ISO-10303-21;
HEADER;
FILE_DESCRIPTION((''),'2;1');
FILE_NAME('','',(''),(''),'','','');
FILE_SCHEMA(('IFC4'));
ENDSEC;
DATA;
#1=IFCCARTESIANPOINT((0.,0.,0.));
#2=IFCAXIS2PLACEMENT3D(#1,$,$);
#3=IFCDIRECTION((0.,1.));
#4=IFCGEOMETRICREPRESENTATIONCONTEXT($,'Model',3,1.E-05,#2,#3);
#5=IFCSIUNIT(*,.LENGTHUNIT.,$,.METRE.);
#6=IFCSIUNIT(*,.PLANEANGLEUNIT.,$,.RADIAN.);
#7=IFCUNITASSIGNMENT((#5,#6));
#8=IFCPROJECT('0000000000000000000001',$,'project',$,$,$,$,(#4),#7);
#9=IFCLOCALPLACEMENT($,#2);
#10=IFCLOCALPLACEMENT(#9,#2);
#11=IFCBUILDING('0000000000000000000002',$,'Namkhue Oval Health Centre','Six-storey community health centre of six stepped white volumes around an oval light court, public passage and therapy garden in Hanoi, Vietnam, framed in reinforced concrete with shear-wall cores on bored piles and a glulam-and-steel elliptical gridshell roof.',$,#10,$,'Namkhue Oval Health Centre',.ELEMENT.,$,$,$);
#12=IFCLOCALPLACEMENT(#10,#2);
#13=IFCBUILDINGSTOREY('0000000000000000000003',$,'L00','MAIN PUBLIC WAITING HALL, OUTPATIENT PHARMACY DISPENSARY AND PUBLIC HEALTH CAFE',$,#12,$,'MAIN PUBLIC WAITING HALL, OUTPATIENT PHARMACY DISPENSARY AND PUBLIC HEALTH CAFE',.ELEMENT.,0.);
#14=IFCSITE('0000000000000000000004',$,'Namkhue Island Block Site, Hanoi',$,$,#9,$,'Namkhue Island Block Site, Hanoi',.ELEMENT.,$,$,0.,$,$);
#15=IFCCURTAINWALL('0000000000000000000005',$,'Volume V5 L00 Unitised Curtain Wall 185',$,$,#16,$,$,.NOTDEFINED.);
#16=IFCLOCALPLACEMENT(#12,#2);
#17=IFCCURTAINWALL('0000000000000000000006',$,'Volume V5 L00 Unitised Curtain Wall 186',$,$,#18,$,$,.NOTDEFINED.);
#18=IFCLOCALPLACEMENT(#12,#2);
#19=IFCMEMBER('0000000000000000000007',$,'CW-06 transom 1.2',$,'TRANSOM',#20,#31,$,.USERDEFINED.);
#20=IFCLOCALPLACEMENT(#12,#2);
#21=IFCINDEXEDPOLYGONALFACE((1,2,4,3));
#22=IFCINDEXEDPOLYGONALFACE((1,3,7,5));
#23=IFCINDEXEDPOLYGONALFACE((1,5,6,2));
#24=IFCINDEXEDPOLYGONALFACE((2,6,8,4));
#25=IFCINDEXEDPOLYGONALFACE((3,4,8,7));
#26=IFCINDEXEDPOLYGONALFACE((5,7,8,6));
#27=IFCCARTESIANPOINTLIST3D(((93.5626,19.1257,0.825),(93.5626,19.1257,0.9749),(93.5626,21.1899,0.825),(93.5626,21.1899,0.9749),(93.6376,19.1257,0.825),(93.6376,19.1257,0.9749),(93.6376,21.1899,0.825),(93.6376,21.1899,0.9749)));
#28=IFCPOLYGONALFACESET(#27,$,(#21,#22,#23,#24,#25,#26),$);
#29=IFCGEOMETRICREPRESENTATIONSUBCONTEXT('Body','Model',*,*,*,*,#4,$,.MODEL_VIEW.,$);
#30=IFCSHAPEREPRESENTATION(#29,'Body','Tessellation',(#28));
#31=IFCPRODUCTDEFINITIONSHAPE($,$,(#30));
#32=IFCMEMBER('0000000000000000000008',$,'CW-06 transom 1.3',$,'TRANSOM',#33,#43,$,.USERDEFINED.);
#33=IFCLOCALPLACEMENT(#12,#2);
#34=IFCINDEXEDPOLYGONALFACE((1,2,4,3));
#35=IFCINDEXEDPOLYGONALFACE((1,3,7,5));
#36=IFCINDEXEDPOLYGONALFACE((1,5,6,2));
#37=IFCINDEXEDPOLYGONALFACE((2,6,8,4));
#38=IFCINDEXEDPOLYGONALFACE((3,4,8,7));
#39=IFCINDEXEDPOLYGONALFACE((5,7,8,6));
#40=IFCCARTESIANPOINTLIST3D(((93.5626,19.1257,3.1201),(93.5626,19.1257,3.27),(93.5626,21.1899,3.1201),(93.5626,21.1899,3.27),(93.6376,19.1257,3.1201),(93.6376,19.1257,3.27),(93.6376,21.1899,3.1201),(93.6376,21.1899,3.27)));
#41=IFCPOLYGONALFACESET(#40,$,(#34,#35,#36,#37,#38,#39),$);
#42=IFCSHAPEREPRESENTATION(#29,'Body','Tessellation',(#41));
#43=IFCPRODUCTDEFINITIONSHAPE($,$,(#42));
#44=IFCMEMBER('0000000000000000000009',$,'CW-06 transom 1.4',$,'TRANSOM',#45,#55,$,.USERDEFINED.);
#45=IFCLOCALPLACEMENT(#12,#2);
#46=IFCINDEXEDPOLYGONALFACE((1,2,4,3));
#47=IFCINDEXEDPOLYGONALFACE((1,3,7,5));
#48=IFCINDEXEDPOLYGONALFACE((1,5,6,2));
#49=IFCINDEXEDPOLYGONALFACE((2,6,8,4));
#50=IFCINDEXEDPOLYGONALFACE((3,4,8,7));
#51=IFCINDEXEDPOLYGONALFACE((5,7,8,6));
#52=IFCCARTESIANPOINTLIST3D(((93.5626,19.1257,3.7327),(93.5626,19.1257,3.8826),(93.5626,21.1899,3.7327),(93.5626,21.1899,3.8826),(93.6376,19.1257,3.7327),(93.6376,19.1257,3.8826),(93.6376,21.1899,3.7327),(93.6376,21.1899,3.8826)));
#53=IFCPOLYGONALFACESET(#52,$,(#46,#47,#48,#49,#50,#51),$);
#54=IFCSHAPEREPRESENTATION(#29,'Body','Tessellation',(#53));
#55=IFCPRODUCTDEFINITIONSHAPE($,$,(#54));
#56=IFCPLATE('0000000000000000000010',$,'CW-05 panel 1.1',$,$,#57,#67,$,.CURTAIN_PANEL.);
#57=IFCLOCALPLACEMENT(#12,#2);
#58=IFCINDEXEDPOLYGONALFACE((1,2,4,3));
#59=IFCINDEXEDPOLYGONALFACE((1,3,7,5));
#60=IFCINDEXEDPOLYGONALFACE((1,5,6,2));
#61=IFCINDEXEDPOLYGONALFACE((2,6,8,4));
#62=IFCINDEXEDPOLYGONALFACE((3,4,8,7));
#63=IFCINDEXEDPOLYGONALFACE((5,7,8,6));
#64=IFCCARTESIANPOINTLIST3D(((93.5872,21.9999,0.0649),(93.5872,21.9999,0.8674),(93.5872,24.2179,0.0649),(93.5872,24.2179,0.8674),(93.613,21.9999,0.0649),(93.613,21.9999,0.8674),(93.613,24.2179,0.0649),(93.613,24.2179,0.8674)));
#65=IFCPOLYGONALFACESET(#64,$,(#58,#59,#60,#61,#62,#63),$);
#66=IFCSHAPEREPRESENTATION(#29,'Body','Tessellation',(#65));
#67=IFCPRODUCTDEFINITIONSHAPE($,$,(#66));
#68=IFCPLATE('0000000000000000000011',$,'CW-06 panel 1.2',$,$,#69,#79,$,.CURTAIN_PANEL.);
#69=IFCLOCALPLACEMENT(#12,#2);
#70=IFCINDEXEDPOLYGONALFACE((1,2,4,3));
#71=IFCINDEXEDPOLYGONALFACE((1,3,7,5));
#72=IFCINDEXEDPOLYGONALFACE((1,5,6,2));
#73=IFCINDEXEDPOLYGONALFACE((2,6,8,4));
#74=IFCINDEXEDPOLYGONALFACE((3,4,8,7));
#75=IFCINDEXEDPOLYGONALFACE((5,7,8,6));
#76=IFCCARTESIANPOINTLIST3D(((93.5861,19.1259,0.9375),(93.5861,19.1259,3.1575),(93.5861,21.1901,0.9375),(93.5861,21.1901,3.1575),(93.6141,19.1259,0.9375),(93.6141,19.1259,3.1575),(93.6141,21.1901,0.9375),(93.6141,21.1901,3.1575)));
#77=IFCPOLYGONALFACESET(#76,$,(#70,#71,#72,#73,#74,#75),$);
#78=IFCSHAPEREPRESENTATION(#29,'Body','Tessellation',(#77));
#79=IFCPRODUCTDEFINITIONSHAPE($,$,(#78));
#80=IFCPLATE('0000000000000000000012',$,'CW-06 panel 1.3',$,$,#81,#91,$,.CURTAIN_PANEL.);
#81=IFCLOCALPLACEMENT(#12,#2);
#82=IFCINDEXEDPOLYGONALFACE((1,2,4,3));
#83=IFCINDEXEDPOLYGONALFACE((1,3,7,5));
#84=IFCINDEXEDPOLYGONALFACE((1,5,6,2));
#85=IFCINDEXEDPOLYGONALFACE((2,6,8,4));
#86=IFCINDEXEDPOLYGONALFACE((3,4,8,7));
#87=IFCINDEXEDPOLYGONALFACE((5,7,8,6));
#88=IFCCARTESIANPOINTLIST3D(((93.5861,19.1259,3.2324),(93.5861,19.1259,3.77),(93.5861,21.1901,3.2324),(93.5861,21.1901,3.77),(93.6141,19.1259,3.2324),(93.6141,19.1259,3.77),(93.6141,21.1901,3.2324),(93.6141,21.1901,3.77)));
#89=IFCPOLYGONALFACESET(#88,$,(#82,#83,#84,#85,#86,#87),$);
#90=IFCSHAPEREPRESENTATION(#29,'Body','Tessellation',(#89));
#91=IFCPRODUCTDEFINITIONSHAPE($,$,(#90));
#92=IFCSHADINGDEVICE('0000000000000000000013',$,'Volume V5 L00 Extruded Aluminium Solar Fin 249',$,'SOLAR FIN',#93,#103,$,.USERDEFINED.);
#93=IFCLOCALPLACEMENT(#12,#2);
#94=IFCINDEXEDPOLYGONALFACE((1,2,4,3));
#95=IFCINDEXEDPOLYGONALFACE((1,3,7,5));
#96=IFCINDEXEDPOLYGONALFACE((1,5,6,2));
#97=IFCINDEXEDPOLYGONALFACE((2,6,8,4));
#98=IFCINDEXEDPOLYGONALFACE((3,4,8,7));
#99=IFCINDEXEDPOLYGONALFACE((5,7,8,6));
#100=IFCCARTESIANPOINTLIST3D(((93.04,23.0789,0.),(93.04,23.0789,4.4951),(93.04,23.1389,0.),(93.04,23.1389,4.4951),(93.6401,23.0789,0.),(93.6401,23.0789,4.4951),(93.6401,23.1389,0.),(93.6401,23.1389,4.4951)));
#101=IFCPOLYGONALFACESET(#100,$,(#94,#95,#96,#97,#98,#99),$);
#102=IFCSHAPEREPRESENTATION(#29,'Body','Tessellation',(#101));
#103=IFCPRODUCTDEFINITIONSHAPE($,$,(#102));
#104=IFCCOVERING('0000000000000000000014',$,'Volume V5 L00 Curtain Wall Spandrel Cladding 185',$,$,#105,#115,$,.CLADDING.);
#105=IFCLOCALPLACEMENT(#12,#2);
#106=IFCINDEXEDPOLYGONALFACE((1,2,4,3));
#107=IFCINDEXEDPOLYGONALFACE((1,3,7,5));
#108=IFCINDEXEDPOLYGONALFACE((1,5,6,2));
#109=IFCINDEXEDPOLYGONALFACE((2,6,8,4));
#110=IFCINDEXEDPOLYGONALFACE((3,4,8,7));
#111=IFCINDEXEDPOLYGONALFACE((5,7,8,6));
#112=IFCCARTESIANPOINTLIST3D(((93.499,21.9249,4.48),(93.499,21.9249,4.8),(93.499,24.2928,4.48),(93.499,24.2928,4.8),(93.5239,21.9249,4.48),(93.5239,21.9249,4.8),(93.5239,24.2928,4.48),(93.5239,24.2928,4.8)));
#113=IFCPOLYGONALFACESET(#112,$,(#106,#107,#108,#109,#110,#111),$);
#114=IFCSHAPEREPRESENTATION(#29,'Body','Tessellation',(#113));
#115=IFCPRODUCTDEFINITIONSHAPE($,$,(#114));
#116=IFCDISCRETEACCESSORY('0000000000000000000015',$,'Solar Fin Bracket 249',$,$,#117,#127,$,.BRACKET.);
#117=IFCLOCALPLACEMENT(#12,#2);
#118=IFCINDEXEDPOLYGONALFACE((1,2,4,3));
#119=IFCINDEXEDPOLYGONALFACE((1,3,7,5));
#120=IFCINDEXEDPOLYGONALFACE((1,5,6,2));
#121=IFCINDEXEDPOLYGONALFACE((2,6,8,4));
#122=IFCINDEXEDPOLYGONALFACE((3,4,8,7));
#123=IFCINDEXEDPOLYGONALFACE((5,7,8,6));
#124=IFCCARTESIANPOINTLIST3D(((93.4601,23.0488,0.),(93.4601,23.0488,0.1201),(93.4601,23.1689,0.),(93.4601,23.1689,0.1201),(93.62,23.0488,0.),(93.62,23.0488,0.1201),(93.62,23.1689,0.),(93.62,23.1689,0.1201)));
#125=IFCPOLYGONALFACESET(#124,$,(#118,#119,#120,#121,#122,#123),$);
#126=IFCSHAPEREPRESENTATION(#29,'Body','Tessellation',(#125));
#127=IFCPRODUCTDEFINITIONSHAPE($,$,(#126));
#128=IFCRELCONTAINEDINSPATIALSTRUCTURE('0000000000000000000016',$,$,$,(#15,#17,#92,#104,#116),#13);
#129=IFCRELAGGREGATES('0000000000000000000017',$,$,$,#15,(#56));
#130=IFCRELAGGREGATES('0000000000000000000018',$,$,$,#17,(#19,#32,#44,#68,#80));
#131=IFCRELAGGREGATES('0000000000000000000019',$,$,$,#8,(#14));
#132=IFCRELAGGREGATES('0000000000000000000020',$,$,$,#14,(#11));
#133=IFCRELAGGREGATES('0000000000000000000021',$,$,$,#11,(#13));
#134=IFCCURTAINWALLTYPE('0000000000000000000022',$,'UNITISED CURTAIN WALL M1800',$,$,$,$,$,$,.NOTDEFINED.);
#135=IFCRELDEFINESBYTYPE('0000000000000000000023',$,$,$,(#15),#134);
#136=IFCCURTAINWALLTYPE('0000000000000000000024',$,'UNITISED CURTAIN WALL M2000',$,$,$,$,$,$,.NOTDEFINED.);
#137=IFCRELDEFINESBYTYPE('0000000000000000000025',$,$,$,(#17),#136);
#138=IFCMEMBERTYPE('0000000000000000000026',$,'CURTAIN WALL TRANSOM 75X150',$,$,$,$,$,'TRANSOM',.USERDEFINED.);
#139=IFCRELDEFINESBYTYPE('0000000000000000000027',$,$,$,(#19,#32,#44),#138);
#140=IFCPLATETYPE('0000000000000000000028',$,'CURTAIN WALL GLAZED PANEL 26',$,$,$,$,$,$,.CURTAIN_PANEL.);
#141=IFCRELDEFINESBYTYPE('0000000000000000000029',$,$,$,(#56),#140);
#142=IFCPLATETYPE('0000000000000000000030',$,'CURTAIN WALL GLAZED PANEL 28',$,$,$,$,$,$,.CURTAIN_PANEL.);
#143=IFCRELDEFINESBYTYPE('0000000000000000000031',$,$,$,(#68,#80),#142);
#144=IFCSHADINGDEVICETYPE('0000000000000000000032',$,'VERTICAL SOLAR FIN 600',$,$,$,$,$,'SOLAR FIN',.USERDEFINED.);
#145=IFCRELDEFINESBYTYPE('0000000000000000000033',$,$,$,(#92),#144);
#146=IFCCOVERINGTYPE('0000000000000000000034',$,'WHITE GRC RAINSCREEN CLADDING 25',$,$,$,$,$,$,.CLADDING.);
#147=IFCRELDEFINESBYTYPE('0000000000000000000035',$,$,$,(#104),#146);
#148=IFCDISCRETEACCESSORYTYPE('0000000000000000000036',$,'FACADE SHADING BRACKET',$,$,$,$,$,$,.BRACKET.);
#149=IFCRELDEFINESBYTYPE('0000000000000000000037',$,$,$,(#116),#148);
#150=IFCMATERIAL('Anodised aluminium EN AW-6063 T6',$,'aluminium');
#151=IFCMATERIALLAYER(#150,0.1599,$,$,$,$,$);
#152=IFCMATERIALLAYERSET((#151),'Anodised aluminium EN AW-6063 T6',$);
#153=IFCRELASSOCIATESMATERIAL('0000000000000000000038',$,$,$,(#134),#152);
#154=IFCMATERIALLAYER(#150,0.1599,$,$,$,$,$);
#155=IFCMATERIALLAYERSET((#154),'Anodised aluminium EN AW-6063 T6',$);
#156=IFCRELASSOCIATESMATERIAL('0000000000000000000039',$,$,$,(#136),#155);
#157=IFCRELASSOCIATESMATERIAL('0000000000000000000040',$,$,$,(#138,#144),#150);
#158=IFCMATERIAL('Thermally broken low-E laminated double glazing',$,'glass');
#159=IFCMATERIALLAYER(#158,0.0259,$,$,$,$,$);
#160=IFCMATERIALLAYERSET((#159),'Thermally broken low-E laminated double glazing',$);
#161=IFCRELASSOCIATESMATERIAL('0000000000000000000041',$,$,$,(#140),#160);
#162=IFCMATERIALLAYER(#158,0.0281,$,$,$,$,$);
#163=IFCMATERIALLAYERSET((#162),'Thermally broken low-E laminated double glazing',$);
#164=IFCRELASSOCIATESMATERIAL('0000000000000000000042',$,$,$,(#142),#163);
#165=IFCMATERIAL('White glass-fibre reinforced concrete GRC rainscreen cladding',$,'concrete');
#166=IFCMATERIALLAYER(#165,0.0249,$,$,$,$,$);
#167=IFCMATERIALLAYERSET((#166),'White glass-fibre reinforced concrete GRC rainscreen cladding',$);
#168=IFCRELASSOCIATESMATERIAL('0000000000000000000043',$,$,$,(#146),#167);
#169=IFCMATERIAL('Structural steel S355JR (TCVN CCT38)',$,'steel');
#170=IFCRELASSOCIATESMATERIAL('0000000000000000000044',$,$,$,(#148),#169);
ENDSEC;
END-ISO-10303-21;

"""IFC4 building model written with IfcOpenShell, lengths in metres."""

from ifc_helpers import new_model, si_unit, direction, frame, origin, origin_2d, place, context, subcontext, project, spatial, rectangle, extrude, material, layer, layer_set, material_profile, profile_set, type_object, element, aggregate, save


model = new_model("IFC4")

# Units and contexts
model_context = context("Model", 3, precision=1e-05, world=origin(), true_north=direction((0.0, 1.0)))
body_context = subcontext(model_context, "Body", "Model", "MODEL_VIEW")
ifc_project = project(units=[si_unit("LENGTHUNIT", "METRE"), si_unit("PLANEANGLEUNIT", "RADIAN")], contexts=[model_context])

# Site, building, storey
site_placement = place(None, origin())
site = spatial("IfcSite", under=ifc_project, at=site_placement, Name="Namkhue Island Block Site, Hanoi", LongName="Namkhue Island Block Site, Hanoi", CompositionType="ELEMENT", RefElevation=0.0)
building_placement = place(site_placement, origin())
building = spatial("IfcBuilding", under=site, at=building_placement, Name="Namkhue Oval Health Centre", Description="Six-storey community health centre of six stepped white volumes around an oval light court, public passage and therapy garden in Hanoi, Vietnam, framed in reinforced concrete with shear-wall cores on bored piles and a glulam-and-steel elliptical gridshell roof.", LongName="Namkhue Oval Health Centre", CompositionType="ELEMENT")
storey_placement = place(building_placement, origin())
storey = spatial("IfcBuildingStorey", under=building, at=storey_placement, Name="L00", Description="MAIN PUBLIC WAITING HALL, OUTPATIENT PHARMACY DISPENSARY AND PUBLIC HEALTH CAFE", LongName="MAIN PUBLIC WAITING HALL, OUTPATIENT PHARMACY DISPENSARY AND PUBLIC HEALTH CAFE", CompositionType="ELEMENT", Elevation=0.0)

# Curtain wall
ifc_material_1 = material(Name="Anodised aluminium EN AW-6063 T6", Category="aluminium")
ifc_layer_1 = layer(ifc_material_1, 0.1599)
ifc_layer_set_1 = layer_set([ifc_layer_1], Name="Anodised aluminium EN AW-6063 T6")
curtain_wall_type_1 = type_object("IfcCurtainWallType", Name="UNITISED CURTAIN WALL M1800", PredefinedType="NOTDEFINED", material=ifc_layer_set_1)
curtain_wall_1_placement = place(storey_placement, origin())
curtain_wall_1 = element("IfcCurtainWall", 1, at=curtain_wall_1_placement, inside=storey, type_object=curtain_wall_type_1, Name="Volume V5 L00 Unitised Curtain Wall 185", PredefinedType="NOTDEFINED")

# Curtain wall, members
ifc_layer_2 = layer(ifc_material_1, 0.1599)
ifc_layer_set_2 = layer_set([ifc_layer_2], Name="Anodised aluminium EN AW-6063 T6")
curtain_wall_type_2 = type_object("IfcCurtainWallType", Name="UNITISED CURTAIN WALL M2000", PredefinedType="NOTDEFINED", material=ifc_layer_set_2)
curtain_wall_2_placement = place(storey_placement, origin())
curtain_wall_2 = element("IfcCurtainWall", 2, at=curtain_wall_2_placement, inside=storey, type_object=curtain_wall_type_2, Name="Volume V5 L00 Unitised Curtain Wall 186", PredefinedType="NOTDEFINED")
ifc_material_profile_1 = material_profile(ifc_material_1, rectangle(XDim=0.075, YDim=0.1499, at=origin_2d()), Name="ALU 75x150")
ifc_profile_set_1 = profile_set([ifc_material_profile_1], Name="Anodised aluminium EN AW-6063 T6")
member_type_1 = type_object("IfcMemberType", Name="CURTAIN WALL TRANSOM 75X150", ElementType="TRANSOM", PredefinedType="USERDEFINED", material=ifc_profile_set_1)
member_1_placement = place(storey_placement, frame((93.6001, 21.1899, 0.8999), z_axis=(0.0, -1.0, 0.0), x_axis=(1.0, 0.0, 0.0)))
member_1 = element("IfcMember", 3, at=member_1_placement, type_object=member_type_1, Name="CW-06 transom 1.2", ObjectType="TRANSOM", PredefinedType="USERDEFINED", context=body_context, shape_type="SweptSolid", body=[
    extrude(rectangle(XDim=0.075, YDim=0.1499, at=origin_2d()), origin(), (0.0, 0.0, 1.0), 2.0642),
])
member_2_placement = place(storey_placement, frame((93.6001, 21.1899, 3.1951), z_axis=(0.0, -1.0, 0.0), x_axis=(1.0, 0.0, 0.0)))
member_2 = element("IfcMember", 4, at=member_2_placement, type_object=member_type_1, Name="CW-06 transom 1.3", ObjectType="TRANSOM", PredefinedType="USERDEFINED", context=body_context, shape_type="SweptSolid", body=[
    extrude(rectangle(XDim=0.075, YDim=0.1499, at=origin_2d()), origin(), (0.0, 0.0, 1.0), 2.0642),
])
member_3_placement = place(storey_placement, frame((93.6001, 21.1899, 3.8076), z_axis=(0.0, -1.0, 0.0), x_axis=(1.0, 0.0, 0.0)))
member_3 = element("IfcMember", 5, at=member_3_placement, type_object=member_type_1, Name="CW-06 transom 1.4", ObjectType="TRANSOM", PredefinedType="USERDEFINED", context=body_context, shape_type="SweptSolid", body=[
    extrude(rectangle(XDim=0.075, YDim=0.1499, at=origin_2d()), origin(), (0.0, 0.0, 1.0), 2.0642),
])

# Plates
ifc_material_2 = material(Name="Thermally broken low-E laminated double glazing", Category="glass")
ifc_layer_3 = layer(ifc_material_2, 0.0259)
ifc_layer_set_3 = layer_set([ifc_layer_3], Name="Thermally broken low-E laminated double glazing")
plate_type_1 = type_object("IfcPlateType", Name="CURTAIN WALL GLAZED PANEL 26", PredefinedType="CURTAIN_PANEL", material=ifc_layer_set_3)
plate_1_placement = place(storey_placement, frame((93.6001, 23.1089, 0.0649), z_axis=(0.0, 0.0, 1.0), x_axis=(0.0, -1.0, 0.0)))
plate_1 = element("IfcPlate", 6, at=plate_1_placement, type_object=plate_type_1, Name="CW-05 panel 1.1", PredefinedType="CURTAIN_PANEL", context=body_context, shape_type="SweptSolid", body=[
    extrude(rectangle(XDim=2.218, YDim=0.0259, at=origin_2d()), origin(), (0.0, 0.0, 1.0), 0.8025),
])
aggregate(curtain_wall_1, [plate_1])
ifc_layer_4 = layer(ifc_material_2, 0.0281)
ifc_layer_set_4 = layer_set([ifc_layer_4], Name="Thermally broken low-E laminated double glazing")
plate_type_2 = type_object("IfcPlateType", Name="CURTAIN WALL GLAZED PANEL 28", PredefinedType="CURTAIN_PANEL", material=ifc_layer_set_4)
plate_2_placement = place(storey_placement, frame((93.6001, 20.158, 0.9375), z_axis=(0.0, 0.0, 1.0), x_axis=(0.0, -1.0, 0.0)))
plate_2 = element("IfcPlate", 7, at=plate_2_placement, type_object=plate_type_2, Name="CW-06 panel 1.2", PredefinedType="CURTAIN_PANEL", context=body_context, shape_type="SweptSolid", body=[
    extrude(rectangle(XDim=2.0642, YDim=0.0281, at=origin_2d()), origin(), (0.0, 0.0, 1.0), 2.22),
])
plate_3_placement = place(storey_placement, frame((93.6001, 20.158, 3.2324), z_axis=(0.0, 0.0, 1.0), x_axis=(0.0, -1.0, 0.0)))
plate_3 = element("IfcPlate", 8, at=plate_3_placement, type_object=plate_type_2, Name="CW-06 panel 1.3", PredefinedType="CURTAIN_PANEL", context=body_context, shape_type="SweptSolid", body=[
    extrude(rectangle(XDim=2.0642, YDim=0.0281, at=origin_2d()), origin(), (0.0, 0.0, 1.0), 0.5376),
])
aggregate(curtain_wall_2, [member_1, member_2, member_3, plate_2, plate_3])

# Shading device
shading_device_type = type_object("IfcShadingDeviceType", Name="VERTICAL SOLAR FIN 600", ElementType="SOLAR FIN", PredefinedType="USERDEFINED", material=ifc_material_1)
shading_device_placement = place(storey_placement, frame((93.3401, 23.1089, 0.0), z_axis=(0.0, 0.0, 1.0), x_axis=(-1.0, 0.0, 0.0)))
element("IfcShadingDevice", 9, at=shading_device_placement, inside=storey, type_object=shading_device_type, Name="Volume V5 L00 Extruded Aluminium Solar Fin 249", ObjectType="SOLAR FIN", PredefinedType="USERDEFINED", context=body_context, shape_type="SweptSolid", body=[
    extrude(rectangle(XDim=0.6001, YDim=0.0601, at=origin_2d()), origin(), (0.0, 0.0, 1.0), 4.4951),
])

# Covering
ifc_material_3 = material(Name="White glass-fibre reinforced concrete GRC rainscreen cladding", Category="concrete")
ifc_layer_5 = layer(ifc_material_3, 0.0249)
ifc_layer_set_5 = layer_set([ifc_layer_5], Name="White glass-fibre reinforced concrete GRC rainscreen cladding")
covering_type = type_object("IfcCoveringType", Name="WHITE GRC RAINSCREEN CLADDING 25", PredefinedType="CLADDING", material=ifc_layer_set_5)
covering_placement = place(storey_placement, frame((93.5115, 23.1089, 4.48), z_axis=(0.0, 0.0, 1.0), x_axis=(0.0, -1.0, 0.0)))
element("IfcCovering", 10, at=covering_placement, inside=storey, type_object=covering_type, Name="Volume V5 L00 Curtain Wall Spandrel Cladding 185", PredefinedType="CLADDING", context=body_context, shape_type="SweptSolid", body=[
    extrude(rectangle(XDim=2.3679, YDim=0.0249, at=origin_2d()), origin(), (0.0, 0.0, 1.0), 0.3201),
])

# Discrete accessory
ifc_material_4 = material(Name="Structural steel S355JR (TCVN CCT38)", Category="steel")
discrete_accessory_type = type_object("IfcDiscreteAccessoryType", Name="FACADE SHADING BRACKET", PredefinedType="BRACKET", material=ifc_material_4)
discrete_accessory_placement = place(storey_placement, frame((93.54, 23.1089, 0.0), z_axis=(0.0, 0.0, 1.0), x_axis=(-1.0, 0.0, 0.0)))
element("IfcDiscreteAccessory", 11, at=discrete_accessory_placement, inside=storey, type_object=discrete_accessory_type, Name="Solar Fin Bracket 249", PredefinedType="BRACKET", context=body_context, shape_type="SweptSolid", body=[
    extrude(rectangle(XDim=0.1599, YDim=0.1201, at=origin_2d()), origin(), (0.0, 0.0, 1.0), 0.1201),
])

save(model, "model.ifc")
